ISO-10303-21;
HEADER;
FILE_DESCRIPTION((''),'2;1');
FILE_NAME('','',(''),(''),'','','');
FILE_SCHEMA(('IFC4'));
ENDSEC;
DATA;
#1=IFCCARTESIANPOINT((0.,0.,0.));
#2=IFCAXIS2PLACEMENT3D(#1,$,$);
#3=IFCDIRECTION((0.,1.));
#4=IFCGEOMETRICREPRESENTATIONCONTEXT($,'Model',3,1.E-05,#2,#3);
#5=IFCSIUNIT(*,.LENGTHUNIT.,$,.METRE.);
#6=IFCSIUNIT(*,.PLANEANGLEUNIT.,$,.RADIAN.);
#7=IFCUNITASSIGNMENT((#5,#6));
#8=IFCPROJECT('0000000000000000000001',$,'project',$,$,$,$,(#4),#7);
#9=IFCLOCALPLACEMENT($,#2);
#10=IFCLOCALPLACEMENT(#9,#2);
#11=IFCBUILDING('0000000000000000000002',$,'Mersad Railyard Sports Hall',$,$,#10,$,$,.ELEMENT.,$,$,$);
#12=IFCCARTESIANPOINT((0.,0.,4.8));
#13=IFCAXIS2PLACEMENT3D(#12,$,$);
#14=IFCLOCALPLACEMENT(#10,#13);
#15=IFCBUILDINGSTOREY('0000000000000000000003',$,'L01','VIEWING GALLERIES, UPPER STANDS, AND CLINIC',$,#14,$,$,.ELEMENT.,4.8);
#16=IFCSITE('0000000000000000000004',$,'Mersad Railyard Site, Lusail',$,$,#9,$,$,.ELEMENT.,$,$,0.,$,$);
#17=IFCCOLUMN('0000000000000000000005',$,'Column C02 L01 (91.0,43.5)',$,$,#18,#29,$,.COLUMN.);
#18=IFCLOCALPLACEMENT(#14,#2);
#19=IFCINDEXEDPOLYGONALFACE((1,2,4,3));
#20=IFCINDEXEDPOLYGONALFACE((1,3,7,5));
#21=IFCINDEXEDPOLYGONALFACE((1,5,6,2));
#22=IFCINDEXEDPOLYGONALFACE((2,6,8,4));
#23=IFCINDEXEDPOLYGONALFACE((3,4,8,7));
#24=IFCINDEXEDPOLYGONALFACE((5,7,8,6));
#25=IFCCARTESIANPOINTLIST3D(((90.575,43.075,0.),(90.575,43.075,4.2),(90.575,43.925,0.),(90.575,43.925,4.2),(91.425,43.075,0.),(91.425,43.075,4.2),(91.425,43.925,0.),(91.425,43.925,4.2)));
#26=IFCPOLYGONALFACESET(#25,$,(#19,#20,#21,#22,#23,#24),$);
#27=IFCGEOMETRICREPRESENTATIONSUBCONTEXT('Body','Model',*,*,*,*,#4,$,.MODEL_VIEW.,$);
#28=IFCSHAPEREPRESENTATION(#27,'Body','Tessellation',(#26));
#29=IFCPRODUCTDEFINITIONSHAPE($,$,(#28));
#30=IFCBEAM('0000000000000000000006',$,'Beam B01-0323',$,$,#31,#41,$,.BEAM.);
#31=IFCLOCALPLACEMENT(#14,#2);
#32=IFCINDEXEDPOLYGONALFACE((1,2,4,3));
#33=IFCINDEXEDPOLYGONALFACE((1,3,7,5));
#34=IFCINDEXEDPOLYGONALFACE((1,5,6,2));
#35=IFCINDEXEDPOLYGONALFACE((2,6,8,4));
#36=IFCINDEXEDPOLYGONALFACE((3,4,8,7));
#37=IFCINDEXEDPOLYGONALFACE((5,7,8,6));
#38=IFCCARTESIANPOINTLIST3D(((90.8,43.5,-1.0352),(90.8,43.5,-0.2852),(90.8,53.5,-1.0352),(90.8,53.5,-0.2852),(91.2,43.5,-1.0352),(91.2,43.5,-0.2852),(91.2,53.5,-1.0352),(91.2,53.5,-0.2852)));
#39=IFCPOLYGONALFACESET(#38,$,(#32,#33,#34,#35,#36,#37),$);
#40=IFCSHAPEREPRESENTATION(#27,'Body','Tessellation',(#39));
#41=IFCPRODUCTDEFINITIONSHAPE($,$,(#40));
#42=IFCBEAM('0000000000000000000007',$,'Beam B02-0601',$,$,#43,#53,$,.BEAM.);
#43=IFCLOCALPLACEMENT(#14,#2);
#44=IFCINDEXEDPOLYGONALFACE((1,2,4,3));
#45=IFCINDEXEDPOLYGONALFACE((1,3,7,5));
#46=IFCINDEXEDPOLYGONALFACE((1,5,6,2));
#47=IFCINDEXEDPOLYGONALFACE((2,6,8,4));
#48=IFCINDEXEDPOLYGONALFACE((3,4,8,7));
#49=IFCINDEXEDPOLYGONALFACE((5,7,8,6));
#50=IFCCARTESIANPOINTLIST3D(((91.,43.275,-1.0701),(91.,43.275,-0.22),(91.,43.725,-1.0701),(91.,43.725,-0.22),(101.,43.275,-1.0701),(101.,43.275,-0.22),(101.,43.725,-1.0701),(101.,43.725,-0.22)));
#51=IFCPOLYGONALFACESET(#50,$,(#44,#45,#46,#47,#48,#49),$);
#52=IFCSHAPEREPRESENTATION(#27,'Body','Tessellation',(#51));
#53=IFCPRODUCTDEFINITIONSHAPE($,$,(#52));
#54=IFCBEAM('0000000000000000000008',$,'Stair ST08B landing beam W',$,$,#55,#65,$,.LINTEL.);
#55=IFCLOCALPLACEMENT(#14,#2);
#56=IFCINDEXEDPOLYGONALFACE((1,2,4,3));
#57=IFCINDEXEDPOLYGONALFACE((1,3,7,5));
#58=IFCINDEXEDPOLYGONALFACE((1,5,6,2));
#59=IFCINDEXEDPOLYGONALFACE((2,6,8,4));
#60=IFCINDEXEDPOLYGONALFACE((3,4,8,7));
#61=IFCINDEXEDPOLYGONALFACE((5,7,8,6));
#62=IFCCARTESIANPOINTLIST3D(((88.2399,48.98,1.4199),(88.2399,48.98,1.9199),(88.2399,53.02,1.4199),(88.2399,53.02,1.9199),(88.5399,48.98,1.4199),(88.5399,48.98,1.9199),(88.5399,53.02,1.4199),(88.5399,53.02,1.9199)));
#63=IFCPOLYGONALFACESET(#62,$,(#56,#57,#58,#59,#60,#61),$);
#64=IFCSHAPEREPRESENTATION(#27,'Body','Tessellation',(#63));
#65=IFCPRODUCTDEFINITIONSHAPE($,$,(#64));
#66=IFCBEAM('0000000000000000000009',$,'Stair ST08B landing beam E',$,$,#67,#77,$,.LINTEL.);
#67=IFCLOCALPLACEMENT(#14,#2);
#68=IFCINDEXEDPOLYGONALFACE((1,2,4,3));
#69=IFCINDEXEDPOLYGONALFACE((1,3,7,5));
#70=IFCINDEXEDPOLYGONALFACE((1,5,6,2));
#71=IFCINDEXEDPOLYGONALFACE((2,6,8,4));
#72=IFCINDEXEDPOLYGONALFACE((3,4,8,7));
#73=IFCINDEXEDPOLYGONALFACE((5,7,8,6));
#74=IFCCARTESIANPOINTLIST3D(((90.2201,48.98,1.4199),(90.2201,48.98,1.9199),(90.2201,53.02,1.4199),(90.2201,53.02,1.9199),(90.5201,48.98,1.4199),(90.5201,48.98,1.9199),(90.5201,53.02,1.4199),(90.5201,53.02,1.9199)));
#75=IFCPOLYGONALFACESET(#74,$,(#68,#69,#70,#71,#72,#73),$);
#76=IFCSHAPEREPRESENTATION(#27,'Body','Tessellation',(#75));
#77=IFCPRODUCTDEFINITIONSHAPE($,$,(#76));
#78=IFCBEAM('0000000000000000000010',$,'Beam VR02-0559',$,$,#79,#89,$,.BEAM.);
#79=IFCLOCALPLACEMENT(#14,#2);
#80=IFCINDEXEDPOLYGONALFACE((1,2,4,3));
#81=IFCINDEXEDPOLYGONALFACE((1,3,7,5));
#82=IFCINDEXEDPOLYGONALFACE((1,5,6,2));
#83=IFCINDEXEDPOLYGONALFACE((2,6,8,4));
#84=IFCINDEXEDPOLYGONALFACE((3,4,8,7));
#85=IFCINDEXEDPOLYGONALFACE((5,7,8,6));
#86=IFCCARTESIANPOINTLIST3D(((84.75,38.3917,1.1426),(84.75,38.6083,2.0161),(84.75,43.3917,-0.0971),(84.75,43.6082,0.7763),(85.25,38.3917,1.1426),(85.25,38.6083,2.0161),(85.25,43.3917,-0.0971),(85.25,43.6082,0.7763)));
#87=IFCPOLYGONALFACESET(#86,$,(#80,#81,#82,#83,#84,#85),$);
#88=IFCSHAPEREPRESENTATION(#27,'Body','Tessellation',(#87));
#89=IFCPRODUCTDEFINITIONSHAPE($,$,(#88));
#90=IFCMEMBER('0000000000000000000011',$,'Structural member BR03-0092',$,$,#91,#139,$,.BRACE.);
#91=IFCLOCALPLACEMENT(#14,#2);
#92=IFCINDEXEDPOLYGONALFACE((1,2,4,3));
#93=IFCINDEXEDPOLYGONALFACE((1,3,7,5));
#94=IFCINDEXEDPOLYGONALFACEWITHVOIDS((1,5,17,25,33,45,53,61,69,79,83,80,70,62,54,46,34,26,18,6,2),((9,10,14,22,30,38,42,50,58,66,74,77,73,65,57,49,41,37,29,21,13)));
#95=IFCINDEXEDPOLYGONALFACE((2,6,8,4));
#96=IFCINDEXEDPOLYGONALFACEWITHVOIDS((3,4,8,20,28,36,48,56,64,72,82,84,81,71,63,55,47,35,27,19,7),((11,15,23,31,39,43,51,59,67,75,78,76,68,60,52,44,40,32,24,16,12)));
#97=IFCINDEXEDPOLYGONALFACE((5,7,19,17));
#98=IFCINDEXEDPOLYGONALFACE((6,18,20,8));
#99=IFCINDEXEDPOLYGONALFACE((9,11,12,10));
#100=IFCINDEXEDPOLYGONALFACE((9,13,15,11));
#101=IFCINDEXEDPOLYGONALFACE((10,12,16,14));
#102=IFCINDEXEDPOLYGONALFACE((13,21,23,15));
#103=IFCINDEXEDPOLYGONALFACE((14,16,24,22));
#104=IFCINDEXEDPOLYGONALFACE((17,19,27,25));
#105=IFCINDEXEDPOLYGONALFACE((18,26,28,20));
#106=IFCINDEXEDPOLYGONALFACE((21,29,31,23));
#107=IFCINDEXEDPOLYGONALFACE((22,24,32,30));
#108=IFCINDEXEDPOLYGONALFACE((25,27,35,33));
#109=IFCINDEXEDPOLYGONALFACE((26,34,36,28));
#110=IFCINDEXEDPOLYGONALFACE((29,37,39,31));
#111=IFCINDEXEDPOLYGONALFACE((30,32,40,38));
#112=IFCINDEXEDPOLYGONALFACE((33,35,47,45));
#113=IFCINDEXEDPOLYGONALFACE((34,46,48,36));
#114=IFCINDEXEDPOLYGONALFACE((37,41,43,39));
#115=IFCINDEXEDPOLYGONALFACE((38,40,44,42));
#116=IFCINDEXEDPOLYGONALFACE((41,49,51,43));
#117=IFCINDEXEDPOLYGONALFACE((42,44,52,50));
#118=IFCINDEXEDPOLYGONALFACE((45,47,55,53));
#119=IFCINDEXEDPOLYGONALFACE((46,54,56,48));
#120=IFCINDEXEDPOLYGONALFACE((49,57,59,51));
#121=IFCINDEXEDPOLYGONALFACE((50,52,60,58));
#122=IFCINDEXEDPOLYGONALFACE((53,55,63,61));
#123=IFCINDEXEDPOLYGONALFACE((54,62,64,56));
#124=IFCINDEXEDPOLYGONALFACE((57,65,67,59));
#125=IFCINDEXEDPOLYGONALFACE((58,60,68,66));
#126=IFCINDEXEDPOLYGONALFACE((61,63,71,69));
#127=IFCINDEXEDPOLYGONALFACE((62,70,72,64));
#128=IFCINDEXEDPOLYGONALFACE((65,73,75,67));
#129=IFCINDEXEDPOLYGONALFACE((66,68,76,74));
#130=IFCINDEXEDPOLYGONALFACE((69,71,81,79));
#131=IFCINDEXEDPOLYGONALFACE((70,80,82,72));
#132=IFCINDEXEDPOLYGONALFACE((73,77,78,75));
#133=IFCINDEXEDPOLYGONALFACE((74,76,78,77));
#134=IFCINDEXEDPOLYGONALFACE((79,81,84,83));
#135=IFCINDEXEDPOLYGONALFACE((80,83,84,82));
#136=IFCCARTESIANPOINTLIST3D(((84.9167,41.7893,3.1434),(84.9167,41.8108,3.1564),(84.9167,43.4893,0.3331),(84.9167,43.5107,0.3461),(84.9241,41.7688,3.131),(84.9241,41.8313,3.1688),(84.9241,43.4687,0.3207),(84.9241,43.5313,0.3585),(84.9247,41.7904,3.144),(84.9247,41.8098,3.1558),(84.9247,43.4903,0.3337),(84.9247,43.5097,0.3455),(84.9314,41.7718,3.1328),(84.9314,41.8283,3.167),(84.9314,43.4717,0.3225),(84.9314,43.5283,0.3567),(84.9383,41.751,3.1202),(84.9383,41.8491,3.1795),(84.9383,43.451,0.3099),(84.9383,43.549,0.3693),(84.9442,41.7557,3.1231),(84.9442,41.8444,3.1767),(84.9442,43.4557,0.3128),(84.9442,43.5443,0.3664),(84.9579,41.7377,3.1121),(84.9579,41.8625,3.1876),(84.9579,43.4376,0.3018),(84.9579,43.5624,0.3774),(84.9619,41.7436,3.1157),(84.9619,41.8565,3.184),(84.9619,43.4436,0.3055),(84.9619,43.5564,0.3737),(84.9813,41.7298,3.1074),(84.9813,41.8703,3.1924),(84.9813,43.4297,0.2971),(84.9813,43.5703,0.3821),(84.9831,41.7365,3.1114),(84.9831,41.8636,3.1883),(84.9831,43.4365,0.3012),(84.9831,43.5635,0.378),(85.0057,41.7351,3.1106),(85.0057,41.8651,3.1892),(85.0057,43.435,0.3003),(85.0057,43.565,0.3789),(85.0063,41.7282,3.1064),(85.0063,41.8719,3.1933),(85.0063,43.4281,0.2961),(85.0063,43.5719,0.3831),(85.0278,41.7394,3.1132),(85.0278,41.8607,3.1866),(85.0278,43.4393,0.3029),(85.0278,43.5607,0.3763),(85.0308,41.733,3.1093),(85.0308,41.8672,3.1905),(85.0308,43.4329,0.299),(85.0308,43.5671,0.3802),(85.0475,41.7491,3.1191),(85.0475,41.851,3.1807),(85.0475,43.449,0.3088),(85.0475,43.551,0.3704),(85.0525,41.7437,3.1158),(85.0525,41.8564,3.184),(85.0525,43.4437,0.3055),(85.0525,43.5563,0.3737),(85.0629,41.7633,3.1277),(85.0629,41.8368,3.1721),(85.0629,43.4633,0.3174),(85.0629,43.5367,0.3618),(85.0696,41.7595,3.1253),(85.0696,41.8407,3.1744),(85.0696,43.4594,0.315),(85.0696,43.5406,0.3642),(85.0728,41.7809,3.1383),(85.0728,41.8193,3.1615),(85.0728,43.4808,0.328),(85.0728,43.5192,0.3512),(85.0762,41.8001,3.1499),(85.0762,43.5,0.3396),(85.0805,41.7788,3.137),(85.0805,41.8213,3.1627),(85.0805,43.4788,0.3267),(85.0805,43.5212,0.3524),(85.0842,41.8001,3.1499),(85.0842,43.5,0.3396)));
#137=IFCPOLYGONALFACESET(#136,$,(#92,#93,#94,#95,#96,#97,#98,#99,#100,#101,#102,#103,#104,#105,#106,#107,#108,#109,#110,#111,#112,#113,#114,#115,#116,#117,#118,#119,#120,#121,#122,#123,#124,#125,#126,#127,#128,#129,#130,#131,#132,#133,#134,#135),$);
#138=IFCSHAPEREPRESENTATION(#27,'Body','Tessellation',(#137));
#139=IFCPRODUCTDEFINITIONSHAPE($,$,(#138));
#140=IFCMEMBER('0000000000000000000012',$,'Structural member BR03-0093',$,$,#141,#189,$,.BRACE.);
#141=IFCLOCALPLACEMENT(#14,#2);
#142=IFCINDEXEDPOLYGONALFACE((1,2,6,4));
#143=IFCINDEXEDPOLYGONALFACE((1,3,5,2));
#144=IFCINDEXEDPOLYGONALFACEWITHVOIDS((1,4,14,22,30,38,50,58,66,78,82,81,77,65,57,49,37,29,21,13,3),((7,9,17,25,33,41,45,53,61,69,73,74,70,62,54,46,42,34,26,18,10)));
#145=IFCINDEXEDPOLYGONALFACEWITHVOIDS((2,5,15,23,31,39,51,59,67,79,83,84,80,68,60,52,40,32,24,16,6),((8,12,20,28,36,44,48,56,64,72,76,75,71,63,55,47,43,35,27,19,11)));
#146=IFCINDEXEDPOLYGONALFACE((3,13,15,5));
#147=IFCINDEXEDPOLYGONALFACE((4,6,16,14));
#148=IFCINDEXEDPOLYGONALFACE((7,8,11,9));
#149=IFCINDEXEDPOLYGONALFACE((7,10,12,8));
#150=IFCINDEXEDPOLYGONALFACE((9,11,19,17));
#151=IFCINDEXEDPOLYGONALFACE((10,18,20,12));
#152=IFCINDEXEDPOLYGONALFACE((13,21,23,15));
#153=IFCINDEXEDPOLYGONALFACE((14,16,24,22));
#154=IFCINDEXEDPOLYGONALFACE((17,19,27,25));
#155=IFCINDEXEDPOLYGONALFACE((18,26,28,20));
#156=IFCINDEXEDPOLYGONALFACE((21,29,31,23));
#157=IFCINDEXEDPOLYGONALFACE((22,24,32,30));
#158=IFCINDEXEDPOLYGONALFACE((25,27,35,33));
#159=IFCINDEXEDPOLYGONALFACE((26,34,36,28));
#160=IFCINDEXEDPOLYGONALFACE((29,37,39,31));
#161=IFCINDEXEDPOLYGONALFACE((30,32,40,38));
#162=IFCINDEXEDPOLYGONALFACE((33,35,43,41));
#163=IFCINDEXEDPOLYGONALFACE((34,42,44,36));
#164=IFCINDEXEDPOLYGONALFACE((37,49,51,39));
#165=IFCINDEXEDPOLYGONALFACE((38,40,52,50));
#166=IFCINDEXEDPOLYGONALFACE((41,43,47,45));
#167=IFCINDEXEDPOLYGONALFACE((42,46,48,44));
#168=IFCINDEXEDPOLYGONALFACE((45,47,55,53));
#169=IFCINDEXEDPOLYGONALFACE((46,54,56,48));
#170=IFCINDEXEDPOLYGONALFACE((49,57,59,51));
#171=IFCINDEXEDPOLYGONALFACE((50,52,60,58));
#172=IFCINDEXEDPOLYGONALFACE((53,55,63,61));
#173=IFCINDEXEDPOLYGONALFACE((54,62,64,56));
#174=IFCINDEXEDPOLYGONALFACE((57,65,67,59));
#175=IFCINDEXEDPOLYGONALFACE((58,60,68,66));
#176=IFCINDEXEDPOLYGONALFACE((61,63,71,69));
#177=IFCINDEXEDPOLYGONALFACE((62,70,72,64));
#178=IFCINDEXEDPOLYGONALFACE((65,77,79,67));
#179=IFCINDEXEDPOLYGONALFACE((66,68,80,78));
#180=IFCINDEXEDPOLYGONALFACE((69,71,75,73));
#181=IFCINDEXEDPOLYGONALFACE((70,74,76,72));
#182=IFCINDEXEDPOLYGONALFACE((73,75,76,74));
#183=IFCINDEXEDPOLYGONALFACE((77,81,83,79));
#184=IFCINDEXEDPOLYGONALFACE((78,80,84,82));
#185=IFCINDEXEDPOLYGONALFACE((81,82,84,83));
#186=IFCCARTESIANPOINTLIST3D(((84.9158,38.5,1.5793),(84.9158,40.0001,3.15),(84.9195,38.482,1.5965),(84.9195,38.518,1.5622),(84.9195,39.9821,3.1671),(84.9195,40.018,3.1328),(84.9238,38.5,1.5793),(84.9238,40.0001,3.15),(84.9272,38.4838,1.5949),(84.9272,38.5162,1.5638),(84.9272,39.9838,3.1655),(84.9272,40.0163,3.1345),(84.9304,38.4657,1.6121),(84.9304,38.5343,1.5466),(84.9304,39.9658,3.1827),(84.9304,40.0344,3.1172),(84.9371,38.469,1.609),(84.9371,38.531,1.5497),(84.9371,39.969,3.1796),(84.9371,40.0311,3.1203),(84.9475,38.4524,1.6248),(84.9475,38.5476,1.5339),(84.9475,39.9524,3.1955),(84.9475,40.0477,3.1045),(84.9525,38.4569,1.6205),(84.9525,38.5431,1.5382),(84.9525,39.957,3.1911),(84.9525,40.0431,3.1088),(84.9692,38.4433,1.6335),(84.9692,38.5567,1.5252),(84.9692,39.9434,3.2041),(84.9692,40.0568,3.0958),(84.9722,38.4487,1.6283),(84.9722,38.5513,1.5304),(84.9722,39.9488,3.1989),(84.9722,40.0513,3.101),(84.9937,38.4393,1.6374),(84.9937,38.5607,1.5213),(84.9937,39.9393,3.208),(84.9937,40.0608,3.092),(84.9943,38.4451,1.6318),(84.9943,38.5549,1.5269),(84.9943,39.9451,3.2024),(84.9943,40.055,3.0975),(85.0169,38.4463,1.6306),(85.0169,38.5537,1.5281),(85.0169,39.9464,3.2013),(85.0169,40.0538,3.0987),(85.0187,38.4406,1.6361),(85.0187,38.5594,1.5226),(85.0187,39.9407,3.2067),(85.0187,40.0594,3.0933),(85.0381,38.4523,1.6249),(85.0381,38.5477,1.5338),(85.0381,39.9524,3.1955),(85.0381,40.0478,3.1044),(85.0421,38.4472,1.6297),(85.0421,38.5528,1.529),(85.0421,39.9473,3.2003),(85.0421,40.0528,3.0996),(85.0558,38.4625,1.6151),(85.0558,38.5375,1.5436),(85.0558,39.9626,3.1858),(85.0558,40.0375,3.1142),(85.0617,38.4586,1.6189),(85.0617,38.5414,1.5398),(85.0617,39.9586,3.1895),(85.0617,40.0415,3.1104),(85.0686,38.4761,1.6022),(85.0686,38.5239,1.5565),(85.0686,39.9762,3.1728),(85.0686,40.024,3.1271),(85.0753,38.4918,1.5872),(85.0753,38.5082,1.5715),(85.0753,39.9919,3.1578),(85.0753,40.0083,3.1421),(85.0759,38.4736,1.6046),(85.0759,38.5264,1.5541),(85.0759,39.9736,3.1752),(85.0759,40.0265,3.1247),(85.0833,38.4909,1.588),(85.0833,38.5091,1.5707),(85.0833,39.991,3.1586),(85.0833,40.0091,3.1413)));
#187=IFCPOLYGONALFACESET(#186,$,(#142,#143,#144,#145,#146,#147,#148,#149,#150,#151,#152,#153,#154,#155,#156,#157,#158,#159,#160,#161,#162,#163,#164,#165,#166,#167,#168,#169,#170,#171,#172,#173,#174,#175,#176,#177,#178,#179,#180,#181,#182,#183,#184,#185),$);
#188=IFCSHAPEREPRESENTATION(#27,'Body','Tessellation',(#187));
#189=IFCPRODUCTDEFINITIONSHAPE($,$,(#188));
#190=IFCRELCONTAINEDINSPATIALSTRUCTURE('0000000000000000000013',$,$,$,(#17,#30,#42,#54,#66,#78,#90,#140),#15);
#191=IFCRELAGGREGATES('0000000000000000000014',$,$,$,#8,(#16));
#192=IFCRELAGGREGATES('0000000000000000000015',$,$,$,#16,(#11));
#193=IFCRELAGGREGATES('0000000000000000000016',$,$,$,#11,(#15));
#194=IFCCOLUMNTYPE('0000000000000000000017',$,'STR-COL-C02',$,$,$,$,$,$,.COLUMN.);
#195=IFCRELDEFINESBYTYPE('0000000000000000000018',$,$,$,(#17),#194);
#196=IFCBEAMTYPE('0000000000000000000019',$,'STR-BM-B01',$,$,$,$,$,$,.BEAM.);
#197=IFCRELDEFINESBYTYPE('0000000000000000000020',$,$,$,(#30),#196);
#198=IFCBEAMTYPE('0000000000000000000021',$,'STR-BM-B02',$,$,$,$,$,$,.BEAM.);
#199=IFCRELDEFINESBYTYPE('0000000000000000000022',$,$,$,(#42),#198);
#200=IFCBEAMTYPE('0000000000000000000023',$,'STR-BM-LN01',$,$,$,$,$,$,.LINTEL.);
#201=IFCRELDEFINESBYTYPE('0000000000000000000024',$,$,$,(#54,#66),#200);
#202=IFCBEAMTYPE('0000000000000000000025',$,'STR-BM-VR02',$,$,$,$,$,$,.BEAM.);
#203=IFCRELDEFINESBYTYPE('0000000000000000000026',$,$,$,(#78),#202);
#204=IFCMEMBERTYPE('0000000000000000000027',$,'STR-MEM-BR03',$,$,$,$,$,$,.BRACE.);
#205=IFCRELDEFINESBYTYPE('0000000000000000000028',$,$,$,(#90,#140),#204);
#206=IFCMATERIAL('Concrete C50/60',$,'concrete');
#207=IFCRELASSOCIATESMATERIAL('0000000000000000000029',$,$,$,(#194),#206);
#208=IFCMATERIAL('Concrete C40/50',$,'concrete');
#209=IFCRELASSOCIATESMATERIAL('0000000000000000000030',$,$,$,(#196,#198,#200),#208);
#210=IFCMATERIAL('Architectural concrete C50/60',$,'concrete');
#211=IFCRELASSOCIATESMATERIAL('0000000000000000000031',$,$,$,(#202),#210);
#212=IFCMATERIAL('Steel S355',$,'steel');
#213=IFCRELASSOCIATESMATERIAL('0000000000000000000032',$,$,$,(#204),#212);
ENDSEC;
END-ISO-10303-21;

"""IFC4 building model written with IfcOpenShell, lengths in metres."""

from ifc_helpers import new_model, si_unit, direction, frame, origin, origin_2d, place, context, subcontext, project, spatial, rectangle, hollow_circle, extrude, material, material_profile, profile_set, type_object, element, save


model = new_model("IFC4")

# Units and contexts
model_context = context("Model", 3, precision=1e-05, world=origin(), true_north=direction((0.0, 1.0)))
body_context = subcontext(model_context, "Body", "Model", "MODEL_VIEW")
ifc_project = project(units=[si_unit("LENGTHUNIT", "METRE"), si_unit("PLANEANGLEUNIT", "RADIAN")], contexts=[model_context])

# Site, building, storey
site_placement = place(None, origin())
site = spatial("IfcSite", under=ifc_project, at=site_placement, Name="Mersad Railyard Site, Lusail", CompositionType="ELEMENT", RefElevation=0.0)
building_placement = place(site_placement, origin())
building = spatial("IfcBuilding", under=site, at=building_placement, Name="Mersad Railyard Sports Hall", CompositionType="ELEMENT")
storey_placement = place(building_placement, frame((0.0, 0.0, 4.8)))
storey = spatial("IfcBuildingStorey", under=building, at=storey_placement, Name="L01", Description="VIEWING GALLERIES, UPPER STANDS, AND CLINIC", CompositionType="ELEMENT", Elevation=4.8)

# Column
ifc_material_1 = material(Name="Concrete C50/60", Category="concrete")
ifc_material_profile_1 = material_profile(ifc_material_1, rectangle(XDim=0.8501, YDim=0.8501, at=origin_2d()), Name="RC 850x850")
ifc_profile_set_1 = profile_set([ifc_material_profile_1], Name="Concrete C50/60")
column_type = type_object("IfcColumnType", Name="STR-COL-C02", PredefinedType="COLUMN", material=ifc_profile_set_1)
column_placement = place(storey_placement, frame((91.0, 43.5, 0.0), z_axis=(0.0, 0.0, 1.0), x_axis=(1.0, 0.0, 0.0)))
element("IfcColumn", 1, at=column_placement, inside=storey, type_object=column_type, Name="Column C02 L01 (91.0,43.5)", PredefinedType="COLUMN", context=body_context, shape_type="SweptSolid", body=[
    extrude(rectangle(XDim=0.8501, YDim=0.8501, at=origin_2d()), origin(), (0.0, 0.0, 1.0), 4.2),
])

# Beams
ifc_material_2 = material(Name="Concrete C40/50", Category="concrete")
ifc_material_profile_2 = material_profile(ifc_material_2, rectangle(XDim=0.3999, YDim=0.75, at=origin_2d()), Name="RC 400x750")
ifc_profile_set_2 = profile_set([ifc_material_profile_2], Name="Concrete C40/50")
beam_type_1 = type_object("IfcBeamType", Name="STR-BM-B01", PredefinedType="BEAM", material=ifc_profile_set_2)
beam_1_placement = place(storey_placement, frame((91.0, 43.5, -0.6602), z_axis=(0.0, 1.0, 0.0), x_axis=(-1.0, 0.0, 0.0)))
element("IfcBeam", 2, at=beam_1_placement, inside=storey, type_object=beam_type_1, Name="Beam B01-0323", PredefinedType="BEAM", context=body_context, shape_type="SweptSolid", body=[
    extrude(rectangle(XDim=0.3999, YDim=0.75, at=origin_2d()), origin(), (0.0, 0.0, 1.0), 10.0),
])
ifc_material_profile_3 = material_profile(ifc_material_2, rectangle(XDim=0.45, YDim=0.8501, at=origin_2d()), Name="RC 450x850")
ifc_profile_set_3 = profile_set([ifc_material_profile_3], Name="Concrete C40/50")
beam_type_2 = type_object("IfcBeamType", Name="STR-BM-B02", PredefinedType="BEAM", material=ifc_profile_set_3)
beam_2_placement = place(storey_placement, frame((91.0, 43.5, -0.645), z_axis=(1.0, 0.0, 0.0), x_axis=(0.0, 1.0, 0.0)))
element("IfcBeam", 3, at=beam_2_placement, inside=storey, type_object=beam_type_2, Name="Beam B02-0601", PredefinedType="BEAM", context=body_context, shape_type="SweptSolid", body=[
    extrude(rectangle(XDim=0.45, YDim=0.8501, at=origin_2d()), origin(), (0.0, 0.0, 1.0), 10.0),
])
ifc_material_profile_4 = material_profile(ifc_material_2, rectangle(XDim=0.3, YDim=0.5, at=origin_2d()), Name="RC 300x500")
ifc_profile_set_4 = profile_set([ifc_material_profile_4], Name="Concrete C40/50")
beam_type_3 = type_object("IfcBeamType", Name="STR-BM-LN01", PredefinedType="LINTEL", material=ifc_profile_set_4)
for number, where, z_axis, x_axis, name in (
    (4, (88.3899, 48.98, 1.6699), (0.0, 1.0, 0.0), (-1.0, 0.0, 0.0), "Stair ST08B landing beam W"),
    (5, (90.3701, 48.98, 1.6699), (0.0, 1.0, 0.0), (-1.0, 0.0, 0.0), "Stair ST08B landing beam E"),
):
    element("IfcBeam", number, at=place(storey_placement, frame(where, z_axis=z_axis, x_axis=x_axis)), inside=storey, type_object=beam_type_3, Name=name, PredefinedType="LINTEL", context=body_context, shape_type="SweptSolid", body=[
        extrude(rectangle(XDim=0.3, YDim=0.5, at=origin_2d()), origin(), (0.0, 0.0, 1.0), 4.04),
    ])
ifc_material_3 = material(Name="Architectural concrete C50/60", Category="concrete")
ifc_material_profile_5 = material_profile(ifc_material_3, rectangle(XDim=0.5, YDim=0.8999, at=origin_2d()), Name="VR 500x900")
ifc_profile_set_5 = profile_set([ifc_material_profile_5], Name="Architectural concrete C50/60")
beam_type_4 = type_object("IfcBeamType", Name="STR-BM-VR02", PredefinedType="BEAM", material=ifc_profile_set_5)
beam_3_placement = place(storey_placement, frame((85.0, 38.5, 1.5793), z_axis=(0.0, 0.970609, -0.240662), x_axis=(-1.0, 0.0, 0.0)))
element("IfcBeam", 6, at=beam_3_placement, inside=storey, type_object=beam_type_4, Name="Beam VR02-0559", PredefinedType="BEAM", context=body_context, shape_type="SweptSolid", body=[
    extrude(rectangle(XDim=0.5, YDim=0.8999, at=origin_2d()), origin(), (0.0, 0.0, 1.0), 5.1514),
])

# Members
ifc_material_4 = material(Name="Steel S355", Category="steel")
ifc_material_profile_6 = material_profile(ifc_material_4, hollow_circle(Radius=0.0842, WallThickness=0.0081, at=origin_2d()), Name="CHS 168.3x8")
ifc_profile_set_6 = profile_set([ifc_material_profile_6], Name="Steel S355")
member_type = type_object("IfcMemberType", Name="STR-MEM-BR03", PredefinedType="BRACE", material=ifc_profile_set_6)
member_1_placement = place(storey_placement, frame((85.0, 43.5, 0.3396), z_axis=(0.0, -0.517575, 0.855638), x_axis=(1.0, 0.0, 0.0)))
element("IfcMember", 7, at=member_1_placement, inside=storey, type_object=member_type, Name="Structural member BR03-0092", PredefinedType="BRACE", context=body_context, shape_type="SweptSolid", body=[
    extrude(hollow_circle(Radius=0.0842, WallThickness=0.0081, at=origin_2d()), origin(), (0.0, 0.0, 1.0), 3.2844),
])
member_2_placement = place(storey_placement, frame((85.0, 38.5, 1.5793), z_axis=(0.0, 0.690676, 0.723164), x_axis=(-1.0, 0.0, 0.0)))
element("IfcMember", 8, at=member_2_placement, inside=storey, type_object=member_type, Name="Structural member BR03-0093", PredefinedType="BRACE", context=body_context, shape_type="SweptSolid", body=[
    extrude(hollow_circle(Radius=0.0842, WallThickness=0.0081, at=origin_2d()), origin(), (0.0, 0.0, 1.0), 2.1719),
])

save(model, "model.ifc")
